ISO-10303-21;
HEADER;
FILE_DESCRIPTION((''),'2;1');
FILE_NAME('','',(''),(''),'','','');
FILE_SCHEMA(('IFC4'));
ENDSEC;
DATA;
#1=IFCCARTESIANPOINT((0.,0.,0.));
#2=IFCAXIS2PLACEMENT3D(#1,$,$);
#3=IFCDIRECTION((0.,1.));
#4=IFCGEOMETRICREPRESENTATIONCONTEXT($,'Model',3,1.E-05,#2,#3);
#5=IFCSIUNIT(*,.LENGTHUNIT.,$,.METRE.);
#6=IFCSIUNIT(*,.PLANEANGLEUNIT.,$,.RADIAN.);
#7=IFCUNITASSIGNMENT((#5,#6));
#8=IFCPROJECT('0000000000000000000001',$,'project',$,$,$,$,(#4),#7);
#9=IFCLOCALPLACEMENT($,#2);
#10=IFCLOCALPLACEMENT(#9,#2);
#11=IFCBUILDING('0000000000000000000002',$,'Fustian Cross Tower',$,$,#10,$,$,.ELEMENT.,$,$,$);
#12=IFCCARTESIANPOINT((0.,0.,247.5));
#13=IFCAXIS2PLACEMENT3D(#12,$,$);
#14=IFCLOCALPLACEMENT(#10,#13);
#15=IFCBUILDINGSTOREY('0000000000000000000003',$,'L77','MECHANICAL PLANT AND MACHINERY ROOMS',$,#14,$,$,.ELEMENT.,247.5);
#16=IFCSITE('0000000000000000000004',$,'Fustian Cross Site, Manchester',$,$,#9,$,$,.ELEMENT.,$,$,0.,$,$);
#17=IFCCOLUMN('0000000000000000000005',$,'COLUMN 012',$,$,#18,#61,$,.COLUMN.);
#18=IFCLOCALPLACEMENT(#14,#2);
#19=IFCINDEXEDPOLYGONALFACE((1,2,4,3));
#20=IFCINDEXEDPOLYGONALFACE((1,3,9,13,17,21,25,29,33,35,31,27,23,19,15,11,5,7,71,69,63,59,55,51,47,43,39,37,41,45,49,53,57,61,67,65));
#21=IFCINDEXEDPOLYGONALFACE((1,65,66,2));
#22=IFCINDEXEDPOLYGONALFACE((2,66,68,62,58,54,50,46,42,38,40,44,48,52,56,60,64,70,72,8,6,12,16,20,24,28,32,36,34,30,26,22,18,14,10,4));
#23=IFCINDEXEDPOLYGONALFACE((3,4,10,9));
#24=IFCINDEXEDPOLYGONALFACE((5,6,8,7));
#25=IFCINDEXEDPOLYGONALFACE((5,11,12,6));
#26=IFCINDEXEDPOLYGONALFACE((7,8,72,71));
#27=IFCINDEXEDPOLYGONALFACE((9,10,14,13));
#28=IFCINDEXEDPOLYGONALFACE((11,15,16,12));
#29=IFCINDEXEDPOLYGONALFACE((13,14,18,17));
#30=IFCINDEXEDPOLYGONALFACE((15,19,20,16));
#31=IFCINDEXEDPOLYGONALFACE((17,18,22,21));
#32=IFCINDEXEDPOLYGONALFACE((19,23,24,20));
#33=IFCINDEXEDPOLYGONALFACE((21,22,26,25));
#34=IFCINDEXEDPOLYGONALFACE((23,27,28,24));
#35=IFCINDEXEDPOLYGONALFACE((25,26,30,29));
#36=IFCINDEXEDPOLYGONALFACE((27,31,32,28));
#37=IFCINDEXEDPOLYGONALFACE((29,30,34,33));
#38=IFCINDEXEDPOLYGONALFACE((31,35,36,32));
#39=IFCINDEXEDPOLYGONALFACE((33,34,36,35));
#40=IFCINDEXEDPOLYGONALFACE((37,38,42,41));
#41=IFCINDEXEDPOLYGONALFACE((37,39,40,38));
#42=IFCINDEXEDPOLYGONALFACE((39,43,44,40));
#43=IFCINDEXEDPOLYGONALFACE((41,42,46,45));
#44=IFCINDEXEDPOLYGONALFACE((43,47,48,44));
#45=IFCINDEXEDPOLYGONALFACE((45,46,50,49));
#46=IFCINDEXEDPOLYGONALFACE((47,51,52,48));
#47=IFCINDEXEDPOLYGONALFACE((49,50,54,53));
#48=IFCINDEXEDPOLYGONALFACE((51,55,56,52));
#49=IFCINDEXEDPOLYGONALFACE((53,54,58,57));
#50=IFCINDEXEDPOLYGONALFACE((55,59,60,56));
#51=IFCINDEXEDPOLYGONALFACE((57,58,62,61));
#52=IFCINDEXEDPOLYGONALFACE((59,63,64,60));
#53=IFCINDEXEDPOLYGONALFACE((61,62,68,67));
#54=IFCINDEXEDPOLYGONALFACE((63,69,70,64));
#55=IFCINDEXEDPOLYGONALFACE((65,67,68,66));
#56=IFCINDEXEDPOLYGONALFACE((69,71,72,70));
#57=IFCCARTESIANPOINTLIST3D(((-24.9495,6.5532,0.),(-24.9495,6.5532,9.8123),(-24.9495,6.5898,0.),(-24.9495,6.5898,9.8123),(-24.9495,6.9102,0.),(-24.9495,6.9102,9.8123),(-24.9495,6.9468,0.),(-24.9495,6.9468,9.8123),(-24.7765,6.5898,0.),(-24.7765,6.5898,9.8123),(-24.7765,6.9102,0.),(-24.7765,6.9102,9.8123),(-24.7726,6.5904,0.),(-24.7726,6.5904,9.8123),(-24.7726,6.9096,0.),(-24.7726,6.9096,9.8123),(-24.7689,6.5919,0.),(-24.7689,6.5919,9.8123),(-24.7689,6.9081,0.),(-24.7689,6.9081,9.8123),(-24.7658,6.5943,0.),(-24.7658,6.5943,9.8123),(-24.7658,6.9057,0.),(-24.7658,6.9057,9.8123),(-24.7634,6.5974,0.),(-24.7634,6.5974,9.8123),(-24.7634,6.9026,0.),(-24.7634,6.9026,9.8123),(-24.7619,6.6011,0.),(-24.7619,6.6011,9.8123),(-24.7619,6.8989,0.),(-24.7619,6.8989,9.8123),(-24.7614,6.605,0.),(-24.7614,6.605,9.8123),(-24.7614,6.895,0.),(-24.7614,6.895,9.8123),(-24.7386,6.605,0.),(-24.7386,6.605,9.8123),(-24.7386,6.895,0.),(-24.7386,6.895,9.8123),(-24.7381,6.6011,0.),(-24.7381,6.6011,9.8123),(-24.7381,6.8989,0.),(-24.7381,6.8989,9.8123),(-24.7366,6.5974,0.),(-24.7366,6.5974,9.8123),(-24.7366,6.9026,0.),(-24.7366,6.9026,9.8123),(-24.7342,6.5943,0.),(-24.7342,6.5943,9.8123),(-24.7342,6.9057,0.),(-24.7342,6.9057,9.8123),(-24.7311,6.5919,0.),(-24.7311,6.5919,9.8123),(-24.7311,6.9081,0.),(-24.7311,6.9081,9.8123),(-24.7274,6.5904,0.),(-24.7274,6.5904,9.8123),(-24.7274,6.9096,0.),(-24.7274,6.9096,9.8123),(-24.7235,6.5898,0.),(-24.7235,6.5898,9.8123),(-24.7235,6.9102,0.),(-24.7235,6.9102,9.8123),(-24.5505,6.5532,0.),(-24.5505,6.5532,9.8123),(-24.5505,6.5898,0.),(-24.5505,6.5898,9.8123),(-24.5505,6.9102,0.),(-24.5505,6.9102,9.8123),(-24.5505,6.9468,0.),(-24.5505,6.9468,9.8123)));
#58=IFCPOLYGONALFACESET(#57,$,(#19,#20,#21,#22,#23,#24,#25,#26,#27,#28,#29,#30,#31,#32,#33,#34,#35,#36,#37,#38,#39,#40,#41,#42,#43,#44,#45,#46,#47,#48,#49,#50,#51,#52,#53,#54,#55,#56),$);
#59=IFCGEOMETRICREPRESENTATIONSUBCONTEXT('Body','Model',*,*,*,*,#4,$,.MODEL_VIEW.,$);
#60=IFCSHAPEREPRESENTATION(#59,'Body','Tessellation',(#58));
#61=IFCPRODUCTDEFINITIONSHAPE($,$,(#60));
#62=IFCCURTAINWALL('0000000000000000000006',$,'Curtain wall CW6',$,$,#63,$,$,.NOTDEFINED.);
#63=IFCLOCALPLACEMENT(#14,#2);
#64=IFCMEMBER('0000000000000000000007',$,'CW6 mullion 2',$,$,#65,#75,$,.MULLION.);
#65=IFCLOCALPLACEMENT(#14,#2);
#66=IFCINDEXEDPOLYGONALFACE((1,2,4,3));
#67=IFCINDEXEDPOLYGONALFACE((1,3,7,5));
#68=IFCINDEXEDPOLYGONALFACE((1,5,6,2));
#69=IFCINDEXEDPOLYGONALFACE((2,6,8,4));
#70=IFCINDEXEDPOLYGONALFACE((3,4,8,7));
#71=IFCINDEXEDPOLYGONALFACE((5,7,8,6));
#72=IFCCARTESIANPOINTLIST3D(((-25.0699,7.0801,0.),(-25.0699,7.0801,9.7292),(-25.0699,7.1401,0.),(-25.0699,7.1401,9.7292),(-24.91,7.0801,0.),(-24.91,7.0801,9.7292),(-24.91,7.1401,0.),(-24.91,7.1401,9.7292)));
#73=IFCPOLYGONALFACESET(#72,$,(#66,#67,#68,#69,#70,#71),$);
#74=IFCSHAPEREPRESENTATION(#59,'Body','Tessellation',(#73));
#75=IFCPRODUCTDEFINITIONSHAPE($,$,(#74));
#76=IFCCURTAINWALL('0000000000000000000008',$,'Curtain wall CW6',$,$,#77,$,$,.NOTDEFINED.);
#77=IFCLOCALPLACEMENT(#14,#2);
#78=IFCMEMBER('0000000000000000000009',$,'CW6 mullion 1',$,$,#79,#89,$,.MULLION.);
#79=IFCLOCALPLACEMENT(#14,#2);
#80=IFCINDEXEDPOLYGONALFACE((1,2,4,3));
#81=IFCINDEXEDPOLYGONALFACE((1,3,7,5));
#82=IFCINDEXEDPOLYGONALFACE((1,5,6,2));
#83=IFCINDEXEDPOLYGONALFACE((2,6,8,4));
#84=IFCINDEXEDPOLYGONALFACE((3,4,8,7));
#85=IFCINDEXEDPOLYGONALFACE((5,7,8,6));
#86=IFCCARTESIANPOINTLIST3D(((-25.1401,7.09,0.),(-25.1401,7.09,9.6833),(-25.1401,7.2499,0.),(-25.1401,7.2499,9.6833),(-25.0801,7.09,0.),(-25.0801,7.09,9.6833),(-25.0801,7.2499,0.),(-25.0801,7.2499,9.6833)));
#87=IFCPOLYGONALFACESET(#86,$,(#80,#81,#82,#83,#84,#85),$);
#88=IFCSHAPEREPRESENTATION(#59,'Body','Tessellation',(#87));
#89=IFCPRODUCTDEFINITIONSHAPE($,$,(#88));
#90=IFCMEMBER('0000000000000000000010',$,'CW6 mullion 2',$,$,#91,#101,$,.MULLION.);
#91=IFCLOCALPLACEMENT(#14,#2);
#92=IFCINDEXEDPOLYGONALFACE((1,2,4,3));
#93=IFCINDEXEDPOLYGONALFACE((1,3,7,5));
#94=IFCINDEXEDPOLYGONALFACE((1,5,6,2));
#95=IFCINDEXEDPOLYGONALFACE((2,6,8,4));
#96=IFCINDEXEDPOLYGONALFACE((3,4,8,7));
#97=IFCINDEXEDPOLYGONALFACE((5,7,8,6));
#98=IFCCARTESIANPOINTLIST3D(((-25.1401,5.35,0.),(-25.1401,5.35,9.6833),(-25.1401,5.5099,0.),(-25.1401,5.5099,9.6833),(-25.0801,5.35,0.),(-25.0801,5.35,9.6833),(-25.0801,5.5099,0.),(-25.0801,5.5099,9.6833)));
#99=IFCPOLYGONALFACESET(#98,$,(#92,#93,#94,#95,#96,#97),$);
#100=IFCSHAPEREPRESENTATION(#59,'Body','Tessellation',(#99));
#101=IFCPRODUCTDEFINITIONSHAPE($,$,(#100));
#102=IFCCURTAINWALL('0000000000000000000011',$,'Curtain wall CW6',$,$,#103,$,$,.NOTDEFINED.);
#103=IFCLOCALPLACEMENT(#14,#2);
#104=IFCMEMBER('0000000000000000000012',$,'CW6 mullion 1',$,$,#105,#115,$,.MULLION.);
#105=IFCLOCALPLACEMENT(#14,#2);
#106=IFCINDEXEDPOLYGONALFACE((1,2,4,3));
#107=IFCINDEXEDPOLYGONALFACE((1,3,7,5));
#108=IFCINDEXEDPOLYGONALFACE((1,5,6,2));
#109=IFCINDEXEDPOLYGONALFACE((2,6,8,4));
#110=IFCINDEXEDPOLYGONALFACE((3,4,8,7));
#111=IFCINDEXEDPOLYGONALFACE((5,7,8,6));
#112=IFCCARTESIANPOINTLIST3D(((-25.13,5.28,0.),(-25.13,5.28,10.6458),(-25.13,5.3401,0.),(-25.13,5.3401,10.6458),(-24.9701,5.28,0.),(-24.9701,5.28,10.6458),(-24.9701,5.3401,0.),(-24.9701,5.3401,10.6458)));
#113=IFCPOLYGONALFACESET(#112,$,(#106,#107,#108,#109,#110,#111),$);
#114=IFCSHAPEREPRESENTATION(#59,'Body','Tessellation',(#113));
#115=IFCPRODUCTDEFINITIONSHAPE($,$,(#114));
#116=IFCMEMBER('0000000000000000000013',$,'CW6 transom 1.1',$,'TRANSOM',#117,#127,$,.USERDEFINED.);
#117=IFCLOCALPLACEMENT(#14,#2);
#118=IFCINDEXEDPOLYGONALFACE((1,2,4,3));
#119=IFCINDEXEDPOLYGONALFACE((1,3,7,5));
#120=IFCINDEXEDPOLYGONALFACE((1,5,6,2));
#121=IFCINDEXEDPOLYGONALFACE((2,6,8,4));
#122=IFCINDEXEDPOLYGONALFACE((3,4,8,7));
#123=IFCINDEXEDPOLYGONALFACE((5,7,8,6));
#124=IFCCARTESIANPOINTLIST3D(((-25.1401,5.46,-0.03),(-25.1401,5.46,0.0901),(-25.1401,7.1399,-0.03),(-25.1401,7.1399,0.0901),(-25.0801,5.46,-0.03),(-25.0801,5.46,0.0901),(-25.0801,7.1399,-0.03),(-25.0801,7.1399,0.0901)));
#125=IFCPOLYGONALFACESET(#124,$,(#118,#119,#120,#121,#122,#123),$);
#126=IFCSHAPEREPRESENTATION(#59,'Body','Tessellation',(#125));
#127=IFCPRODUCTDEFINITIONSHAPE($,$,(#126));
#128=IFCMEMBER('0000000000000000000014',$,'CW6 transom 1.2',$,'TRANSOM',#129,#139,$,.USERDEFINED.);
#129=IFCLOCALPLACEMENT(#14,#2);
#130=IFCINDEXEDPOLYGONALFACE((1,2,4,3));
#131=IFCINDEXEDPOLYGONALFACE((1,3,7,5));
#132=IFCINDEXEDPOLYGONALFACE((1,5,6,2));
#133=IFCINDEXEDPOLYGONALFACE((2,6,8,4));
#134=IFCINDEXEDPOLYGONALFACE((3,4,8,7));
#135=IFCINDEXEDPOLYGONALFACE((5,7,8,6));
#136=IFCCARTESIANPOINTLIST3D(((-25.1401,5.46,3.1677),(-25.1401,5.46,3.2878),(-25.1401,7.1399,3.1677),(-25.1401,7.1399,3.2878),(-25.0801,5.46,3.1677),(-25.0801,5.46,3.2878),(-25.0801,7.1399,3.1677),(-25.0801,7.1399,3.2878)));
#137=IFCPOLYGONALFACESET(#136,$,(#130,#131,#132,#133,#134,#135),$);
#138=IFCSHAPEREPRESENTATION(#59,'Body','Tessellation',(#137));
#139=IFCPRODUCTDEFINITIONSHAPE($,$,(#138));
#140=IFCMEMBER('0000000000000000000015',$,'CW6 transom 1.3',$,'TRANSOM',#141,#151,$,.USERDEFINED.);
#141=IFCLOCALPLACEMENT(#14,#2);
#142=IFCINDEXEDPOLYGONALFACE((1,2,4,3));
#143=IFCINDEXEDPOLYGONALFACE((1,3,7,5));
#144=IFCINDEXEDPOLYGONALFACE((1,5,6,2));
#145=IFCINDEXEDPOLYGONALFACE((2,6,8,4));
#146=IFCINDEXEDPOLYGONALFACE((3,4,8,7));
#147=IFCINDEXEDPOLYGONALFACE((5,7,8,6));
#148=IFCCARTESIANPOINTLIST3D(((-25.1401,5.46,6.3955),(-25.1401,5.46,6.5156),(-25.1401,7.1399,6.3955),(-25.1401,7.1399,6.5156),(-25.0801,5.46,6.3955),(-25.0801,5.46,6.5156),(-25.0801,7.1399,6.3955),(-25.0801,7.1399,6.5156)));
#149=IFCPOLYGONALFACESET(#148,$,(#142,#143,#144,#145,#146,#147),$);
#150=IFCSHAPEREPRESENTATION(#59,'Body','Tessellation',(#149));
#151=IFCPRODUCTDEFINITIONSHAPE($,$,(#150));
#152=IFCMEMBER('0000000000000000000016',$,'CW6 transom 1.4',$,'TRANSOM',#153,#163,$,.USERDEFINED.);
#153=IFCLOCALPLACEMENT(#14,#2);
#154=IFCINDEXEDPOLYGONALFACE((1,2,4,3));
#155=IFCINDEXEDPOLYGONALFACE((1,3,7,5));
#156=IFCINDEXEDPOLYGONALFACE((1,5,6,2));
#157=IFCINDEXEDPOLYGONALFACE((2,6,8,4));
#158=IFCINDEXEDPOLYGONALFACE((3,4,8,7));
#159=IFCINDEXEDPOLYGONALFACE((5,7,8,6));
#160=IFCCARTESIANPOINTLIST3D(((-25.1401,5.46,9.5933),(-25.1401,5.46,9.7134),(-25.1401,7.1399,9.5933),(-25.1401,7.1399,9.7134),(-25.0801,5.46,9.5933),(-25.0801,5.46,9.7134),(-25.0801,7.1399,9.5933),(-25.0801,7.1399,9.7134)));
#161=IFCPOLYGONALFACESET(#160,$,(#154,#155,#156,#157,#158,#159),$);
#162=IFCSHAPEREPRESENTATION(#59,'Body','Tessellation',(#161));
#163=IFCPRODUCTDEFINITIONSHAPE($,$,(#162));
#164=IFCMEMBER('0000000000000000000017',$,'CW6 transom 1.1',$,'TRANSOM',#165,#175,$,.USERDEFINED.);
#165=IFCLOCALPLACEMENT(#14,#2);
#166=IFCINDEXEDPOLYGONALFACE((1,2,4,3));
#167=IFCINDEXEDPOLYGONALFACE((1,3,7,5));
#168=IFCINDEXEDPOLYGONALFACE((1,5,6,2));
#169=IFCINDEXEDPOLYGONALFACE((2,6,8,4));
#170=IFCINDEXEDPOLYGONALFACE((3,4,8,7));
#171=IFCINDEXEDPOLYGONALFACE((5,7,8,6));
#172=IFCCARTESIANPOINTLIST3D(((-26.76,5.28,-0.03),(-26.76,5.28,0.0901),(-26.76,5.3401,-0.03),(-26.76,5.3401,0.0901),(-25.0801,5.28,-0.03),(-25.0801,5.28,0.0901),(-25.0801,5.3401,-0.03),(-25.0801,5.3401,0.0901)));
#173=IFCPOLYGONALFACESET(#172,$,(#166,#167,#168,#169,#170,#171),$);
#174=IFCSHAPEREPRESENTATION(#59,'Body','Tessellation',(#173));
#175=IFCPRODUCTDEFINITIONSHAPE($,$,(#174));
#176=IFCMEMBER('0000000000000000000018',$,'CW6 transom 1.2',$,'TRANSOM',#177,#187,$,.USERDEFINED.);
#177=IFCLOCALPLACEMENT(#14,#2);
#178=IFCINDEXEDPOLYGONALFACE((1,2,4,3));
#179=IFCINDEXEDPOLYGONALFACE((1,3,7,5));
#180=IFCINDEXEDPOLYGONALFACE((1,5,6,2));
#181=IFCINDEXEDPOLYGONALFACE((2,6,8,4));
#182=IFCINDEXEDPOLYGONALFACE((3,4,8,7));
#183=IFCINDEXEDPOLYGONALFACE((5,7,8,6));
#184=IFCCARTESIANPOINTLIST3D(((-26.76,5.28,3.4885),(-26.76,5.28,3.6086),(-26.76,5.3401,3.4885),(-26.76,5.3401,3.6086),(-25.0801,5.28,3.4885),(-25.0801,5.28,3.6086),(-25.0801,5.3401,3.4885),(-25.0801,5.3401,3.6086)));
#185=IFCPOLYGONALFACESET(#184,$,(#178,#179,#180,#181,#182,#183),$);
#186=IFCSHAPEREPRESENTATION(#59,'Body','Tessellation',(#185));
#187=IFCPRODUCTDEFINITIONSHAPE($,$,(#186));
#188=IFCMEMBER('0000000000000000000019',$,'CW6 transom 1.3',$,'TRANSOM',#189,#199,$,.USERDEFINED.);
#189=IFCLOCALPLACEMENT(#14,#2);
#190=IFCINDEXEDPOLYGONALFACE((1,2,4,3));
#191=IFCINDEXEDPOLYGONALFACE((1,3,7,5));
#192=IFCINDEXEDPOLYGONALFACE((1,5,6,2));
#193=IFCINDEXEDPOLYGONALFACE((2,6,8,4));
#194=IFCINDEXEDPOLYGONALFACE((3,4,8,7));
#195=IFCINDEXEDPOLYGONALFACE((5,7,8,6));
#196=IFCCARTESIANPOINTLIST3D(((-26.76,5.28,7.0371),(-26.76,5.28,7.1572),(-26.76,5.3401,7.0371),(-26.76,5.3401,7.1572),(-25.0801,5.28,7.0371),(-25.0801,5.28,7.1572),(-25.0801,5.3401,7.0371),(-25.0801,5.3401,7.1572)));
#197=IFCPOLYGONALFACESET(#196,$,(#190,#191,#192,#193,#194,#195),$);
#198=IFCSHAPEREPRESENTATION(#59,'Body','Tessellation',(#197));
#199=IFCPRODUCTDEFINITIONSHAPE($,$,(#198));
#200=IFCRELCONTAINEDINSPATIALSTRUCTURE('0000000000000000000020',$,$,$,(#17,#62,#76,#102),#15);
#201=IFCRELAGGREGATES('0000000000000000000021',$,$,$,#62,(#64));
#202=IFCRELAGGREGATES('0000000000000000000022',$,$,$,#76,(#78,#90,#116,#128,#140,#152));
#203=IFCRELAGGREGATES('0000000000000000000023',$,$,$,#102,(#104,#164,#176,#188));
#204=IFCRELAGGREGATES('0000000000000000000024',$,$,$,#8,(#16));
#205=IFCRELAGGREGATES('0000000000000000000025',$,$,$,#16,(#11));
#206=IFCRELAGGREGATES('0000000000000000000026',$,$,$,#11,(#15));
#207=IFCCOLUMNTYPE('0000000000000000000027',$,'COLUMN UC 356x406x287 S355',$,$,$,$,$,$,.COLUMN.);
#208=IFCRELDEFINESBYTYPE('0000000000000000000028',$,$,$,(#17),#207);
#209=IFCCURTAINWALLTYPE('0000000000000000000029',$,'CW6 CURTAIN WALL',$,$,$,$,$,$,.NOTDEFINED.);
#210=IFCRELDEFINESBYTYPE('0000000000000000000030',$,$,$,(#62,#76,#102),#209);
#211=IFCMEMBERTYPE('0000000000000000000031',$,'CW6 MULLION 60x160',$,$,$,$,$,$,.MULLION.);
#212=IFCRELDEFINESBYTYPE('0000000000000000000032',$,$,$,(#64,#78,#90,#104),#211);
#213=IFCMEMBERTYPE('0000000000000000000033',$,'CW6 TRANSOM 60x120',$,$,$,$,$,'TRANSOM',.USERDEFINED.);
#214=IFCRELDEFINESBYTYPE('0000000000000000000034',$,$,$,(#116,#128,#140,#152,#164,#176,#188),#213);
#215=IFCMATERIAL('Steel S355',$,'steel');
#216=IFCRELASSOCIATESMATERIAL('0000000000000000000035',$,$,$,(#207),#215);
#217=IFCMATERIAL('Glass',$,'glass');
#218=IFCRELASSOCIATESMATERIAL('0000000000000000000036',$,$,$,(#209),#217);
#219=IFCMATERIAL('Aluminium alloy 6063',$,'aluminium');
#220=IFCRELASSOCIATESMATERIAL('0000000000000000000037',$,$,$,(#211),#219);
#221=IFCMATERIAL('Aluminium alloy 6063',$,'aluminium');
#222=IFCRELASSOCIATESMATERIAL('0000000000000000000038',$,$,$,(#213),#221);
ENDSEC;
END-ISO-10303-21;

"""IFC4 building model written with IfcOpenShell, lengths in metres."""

from ifc_helpers import new_model, si_unit, direction, frame, origin, origin_2d, place, context, subcontext, project, spatial, rectangle, i_section, extrude, material, material_profile, profile_set, type_object, element, aggregate, save


model = new_model("IFC4")

# Units and contexts
model_context = context("Model", 3, precision=1e-05, world=origin(), true_north=direction((0.0, 1.0)))
body_context = subcontext(model_context, "Body", "Model", "MODEL_VIEW")
ifc_project = project(units=[si_unit("LENGTHUNIT", "METRE"), si_unit("PLANEANGLEUNIT", "RADIAN")], contexts=[model_context])

# Site, building, storey
site_placement = place(None, origin())
site = spatial("IfcSite", under=ifc_project, at=site_placement, Name="Fustian Cross Site, Manchester", CompositionType="ELEMENT", RefElevation=0.0)
building_placement = place(site_placement, origin())
building = spatial("IfcBuilding", under=site, at=building_placement, Name="Fustian Cross Tower", CompositionType="ELEMENT")
storey_placement = place(building_placement, frame((0.0, 0.0, 247.5)))
storey = spatial("IfcBuildingStorey", under=building, at=storey_placement, Name="L77", Description="MECHANICAL PLANT AND MACHINERY ROOMS", CompositionType="ELEMENT", Elevation=247.5)

# Column
ifc_material_1 = material(Name="Steel S355", Category="steel")
ifc_material_profile_1 = material_profile(ifc_material_1, i_section(OverallWidth=0.3989, OverallDepth=0.3936, WebThickness=0.0227, FlangeThickness=0.0366, FilletRadius=0.0151, at=origin_2d()), Name="UC 356x406x287")
ifc_profile_set_1 = profile_set([ifc_material_profile_1], Name="Steel S355")
column_type = type_object("IfcColumnType", Name="COLUMN UC 356x406x287 S355", PredefinedType="COLUMN", material=ifc_profile_set_1)
column_placement = place(storey_placement, frame((-24.75, 6.75, 0.0), z_axis=(0.0, 0.0, 1.0), x_axis=(1.0, 0.0, 0.0)))
element("IfcColumn", 1, at=column_placement, inside=storey, type_object=column_type, Name="COLUMN 012", PredefinedType="COLUMN", context=body_context, shape_type="SweptSolid", body=[
    extrude(i_section(OverallWidth=0.3989, OverallDepth=0.3936, WebThickness=0.0227, FlangeThickness=0.0366, FilletRadius=0.0151, at=origin_2d()), origin(), (0.0, 0.0, 1.0), 9.8123),
])

# Curtain wall, member
ifc_material_2 = material(Name="Glass", Category="glass")
curtain_wall_type = type_object("IfcCurtainWallType", Name="CW6 CURTAIN WALL", PredefinedType="NOTDEFINED", material=ifc_material_2)
curtain_wall_1_placement = place(storey_placement, origin())
curtain_wall_1 = element("IfcCurtainWall", 2, at=curtain_wall_1_placement, inside=storey, type_object=curtain_wall_type, Name="Curtain wall CW6", PredefinedType="NOTDEFINED")
ifc_material_3 = material(Name="Aluminium alloy 6063", Category="aluminium")
ifc_material_profile_2 = material_profile(ifc_material_3, rectangle(XDim=0.0601, YDim=0.1599, at=origin_2d()), Name="CW6 MULLION 60x160")
ifc_profile_set_2 = profile_set([ifc_material_profile_2], Name="Aluminium alloy 6063")
member_type_1 = type_object("IfcMemberType", Name="CW6 MULLION 60x160", PredefinedType="MULLION", material=ifc_profile_set_2)
member_1_placement = place(storey_placement, frame((-24.99, 7.1101, 0.0), z_axis=(0.0, 0.0, 1.0), x_axis=(0.0, -1.0, 0.0)))
member_1 = element("IfcMember", 3, at=member_1_placement, type_object=member_type_1, Name="CW6 mullion 2", PredefinedType="MULLION", context=body_context, shape_type="SweptSolid", body=[
    extrude(rectangle(XDim=0.0601, YDim=0.1599, at=origin_2d()), origin(), (0.0, 0.0, 1.0), 9.7292),
])

# Curtain wall, members
curtain_wall_2_placement = place(storey_placement, origin())
curtain_wall_2 = element("IfcCurtainWall", 4, at=curtain_wall_2_placement, inside=storey, type_object=curtain_wall_type, Name="Curtain wall CW6", PredefinedType="NOTDEFINED")
member_2_placement = place(storey_placement, frame((-25.1101, 7.1699, 0.0), z_axis=(0.0, 0.0, 1.0), x_axis=(1.0, 0.0, 0.0)))
member_2 = element("IfcMember", 5, at=member_2_placement, type_object=member_type_1, Name="CW6 mullion 1", PredefinedType="MULLION", context=body_context, shape_type="SweptSolid", body=[
    extrude(rectangle(XDim=0.0601, YDim=0.1599, at=origin_2d()), origin(), (0.0, 0.0, 1.0), 9.6833),
])
member_3_placement = place(storey_placement, frame((-25.1101, 5.4299, 0.0), z_axis=(0.0, 0.0, 1.0), x_axis=(1.0, 0.0, 0.0)))
member_3 = element("IfcMember", 6, at=member_3_placement, type_object=member_type_1, Name="CW6 mullion 2", PredefinedType="MULLION", context=body_context, shape_type="SweptSolid", body=[
    extrude(rectangle(XDim=0.0601, YDim=0.1599, at=origin_2d()), origin(), (0.0, 0.0, 1.0), 9.6833),
])

# Curtain wall, member
curtain_wall_3_placement = place(storey_placement, origin())
curtain_wall_3 = element("IfcCurtainWall", 7, at=curtain_wall_3_placement, inside=storey, type_object=curtain_wall_type, Name="Curtain wall CW6", PredefinedType="NOTDEFINED")
member_4_placement = place(storey_placement, frame((-25.05, 5.3101, 0.0), z_axis=(0.0, 0.0, 1.0), x_axis=(0.0, -1.0, 0.0)))
member_4 = element("IfcMember", 8, at=member_4_placement, type_object=member_type_1, Name="CW6 mullion 1", PredefinedType="MULLION", context=body_context, shape_type="SweptSolid", body=[
    extrude(rectangle(XDim=0.0601, YDim=0.1599, at=origin_2d()), origin(), (0.0, 0.0, 1.0), 10.6458),
])

# Members
ifc_material_4 = material(Name="Aluminium alloy 6063", Category="aluminium")
ifc_material_profile_3 = material_profile(ifc_material_4, rectangle(XDim=0.0601, YDim=0.1201, at=origin_2d()), Name="CW6 TRANSOM 60x120")
ifc_profile_set_3 = profile_set([ifc_material_profile_3], Name="Aluminium alloy 6063")
member_type_2 = type_object("IfcMemberType", Name="CW6 TRANSOM 60x120", ElementType="TRANSOM", PredefinedType="USERDEFINED", material=ifc_profile_set_3)
member_5_placement = place(storey_placement, frame((-25.1101, 7.1399, 0.03), z_axis=(0.0, -1.0, 0.0), x_axis=(1.0, 0.0, 0.0)))
member_5 = element("IfcMember", 9, at=member_5_placement, type_object=member_type_2, Name="CW6 transom 1.1", ObjectType="TRANSOM", PredefinedType="USERDEFINED", context=body_context, shape_type="SweptSolid", body=[
    extrude(rectangle(XDim=0.0601, YDim=0.1201, at=origin_2d()), origin(), (0.0, 0.0, 1.0), 1.6799),
])
member_6_placement = place(storey_placement, frame((-25.1101, 7.1399, 3.2278), z_axis=(0.0, -1.0, 0.0), x_axis=(1.0, 0.0, 0.0)))
member_6 = element("IfcMember", 10, at=member_6_placement, type_object=member_type_2, Name="CW6 transom 1.2", ObjectType="TRANSOM", PredefinedType="USERDEFINED", context=body_context, shape_type="SweptSolid", body=[
    extrude(rectangle(XDim=0.0601, YDim=0.1201, at=origin_2d()), origin(), (0.0, 0.0, 1.0), 1.6799),
])
member_7_placement = place(storey_placement, frame((-25.1101, 7.1399, 6.4556), z_axis=(0.0, -1.0, 0.0), x_axis=(1.0, 0.0, 0.0)))
member_7 = element("IfcMember", 11, at=member_7_placement, type_object=member_type_2, Name="CW6 transom 1.3", ObjectType="TRANSOM", PredefinedType="USERDEFINED", context=body_context, shape_type="SweptSolid", body=[
    extrude(rectangle(XDim=0.0601, YDim=0.1201, at=origin_2d()), origin(), (0.0, 0.0, 1.0), 1.6799),
])
member_8_placement = place(storey_placement, frame((-25.1101, 7.1399, 9.6533), z_axis=(0.0, -1.0, 0.0), x_axis=(1.0, 0.0, 0.0)))
member_8 = element("IfcMember", 12, at=member_8_placement, type_object=member_type_2, Name="CW6 transom 1.4", ObjectType="TRANSOM", PredefinedType="USERDEFINED", context=body_context, shape_type="SweptSolid", body=[
    extrude(rectangle(XDim=0.0601, YDim=0.1201, at=origin_2d()), origin(), (0.0, 0.0, 1.0), 1.6799),
])
member_9_placement = place(storey_placement, frame((-25.0801, 5.3101, 0.03), z_axis=(-1.0, 0.0, 0.0), x_axis=(0.0, -1.0, 0.0)))
member_9 = element("IfcMember", 13, at=member_9_placement, type_object=member_type_2, Name="CW6 transom 1.1", ObjectType="TRANSOM", PredefinedType="USERDEFINED", context=body_context, shape_type="SweptSolid", body=[
    extrude(rectangle(XDim=0.0601, YDim=0.1201, at=origin_2d()), origin(), (0.0, 0.0, 1.0), 1.6799),
])
member_10_placement = place(storey_placement, frame((-25.0801, 5.3101, 3.5486), z_axis=(-1.0, 0.0, 0.0), x_axis=(0.0, -1.0, 0.0)))
member_10 = element("IfcMember", 14, at=member_10_placement, type_object=member_type_2, Name="CW6 transom 1.2", ObjectType="TRANSOM", PredefinedType="USERDEFINED", context=body_context, shape_type="SweptSolid", body=[
    extrude(rectangle(XDim=0.0601, YDim=0.1201, at=origin_2d()), origin(), (0.0, 0.0, 1.0), 1.6799),
])
member_11_placement = place(storey_placement, frame((-25.0801, 5.3101, 7.0972), z_axis=(-1.0, 0.0, 0.0), x_axis=(0.0, -1.0, 0.0)))
member_11 = element("IfcMember", 15, at=member_11_placement, type_object=member_type_2, Name="CW6 transom 1.3", ObjectType="TRANSOM", PredefinedType="USERDEFINED", context=body_context, shape_type="SweptSolid", body=[
    extrude(rectangle(XDim=0.0601, YDim=0.1201, at=origin_2d()), origin(), (0.0, 0.0, 1.0), 1.6799),
])

aggregate(curtain_wall_1, [member_1])
aggregate(curtain_wall_2, [member_2, member_3, member_5, member_6, member_7, member_8])
aggregate(curtain_wall_3, [member_4, member_9, member_10, member_11])

save(model, "model.ifc")
